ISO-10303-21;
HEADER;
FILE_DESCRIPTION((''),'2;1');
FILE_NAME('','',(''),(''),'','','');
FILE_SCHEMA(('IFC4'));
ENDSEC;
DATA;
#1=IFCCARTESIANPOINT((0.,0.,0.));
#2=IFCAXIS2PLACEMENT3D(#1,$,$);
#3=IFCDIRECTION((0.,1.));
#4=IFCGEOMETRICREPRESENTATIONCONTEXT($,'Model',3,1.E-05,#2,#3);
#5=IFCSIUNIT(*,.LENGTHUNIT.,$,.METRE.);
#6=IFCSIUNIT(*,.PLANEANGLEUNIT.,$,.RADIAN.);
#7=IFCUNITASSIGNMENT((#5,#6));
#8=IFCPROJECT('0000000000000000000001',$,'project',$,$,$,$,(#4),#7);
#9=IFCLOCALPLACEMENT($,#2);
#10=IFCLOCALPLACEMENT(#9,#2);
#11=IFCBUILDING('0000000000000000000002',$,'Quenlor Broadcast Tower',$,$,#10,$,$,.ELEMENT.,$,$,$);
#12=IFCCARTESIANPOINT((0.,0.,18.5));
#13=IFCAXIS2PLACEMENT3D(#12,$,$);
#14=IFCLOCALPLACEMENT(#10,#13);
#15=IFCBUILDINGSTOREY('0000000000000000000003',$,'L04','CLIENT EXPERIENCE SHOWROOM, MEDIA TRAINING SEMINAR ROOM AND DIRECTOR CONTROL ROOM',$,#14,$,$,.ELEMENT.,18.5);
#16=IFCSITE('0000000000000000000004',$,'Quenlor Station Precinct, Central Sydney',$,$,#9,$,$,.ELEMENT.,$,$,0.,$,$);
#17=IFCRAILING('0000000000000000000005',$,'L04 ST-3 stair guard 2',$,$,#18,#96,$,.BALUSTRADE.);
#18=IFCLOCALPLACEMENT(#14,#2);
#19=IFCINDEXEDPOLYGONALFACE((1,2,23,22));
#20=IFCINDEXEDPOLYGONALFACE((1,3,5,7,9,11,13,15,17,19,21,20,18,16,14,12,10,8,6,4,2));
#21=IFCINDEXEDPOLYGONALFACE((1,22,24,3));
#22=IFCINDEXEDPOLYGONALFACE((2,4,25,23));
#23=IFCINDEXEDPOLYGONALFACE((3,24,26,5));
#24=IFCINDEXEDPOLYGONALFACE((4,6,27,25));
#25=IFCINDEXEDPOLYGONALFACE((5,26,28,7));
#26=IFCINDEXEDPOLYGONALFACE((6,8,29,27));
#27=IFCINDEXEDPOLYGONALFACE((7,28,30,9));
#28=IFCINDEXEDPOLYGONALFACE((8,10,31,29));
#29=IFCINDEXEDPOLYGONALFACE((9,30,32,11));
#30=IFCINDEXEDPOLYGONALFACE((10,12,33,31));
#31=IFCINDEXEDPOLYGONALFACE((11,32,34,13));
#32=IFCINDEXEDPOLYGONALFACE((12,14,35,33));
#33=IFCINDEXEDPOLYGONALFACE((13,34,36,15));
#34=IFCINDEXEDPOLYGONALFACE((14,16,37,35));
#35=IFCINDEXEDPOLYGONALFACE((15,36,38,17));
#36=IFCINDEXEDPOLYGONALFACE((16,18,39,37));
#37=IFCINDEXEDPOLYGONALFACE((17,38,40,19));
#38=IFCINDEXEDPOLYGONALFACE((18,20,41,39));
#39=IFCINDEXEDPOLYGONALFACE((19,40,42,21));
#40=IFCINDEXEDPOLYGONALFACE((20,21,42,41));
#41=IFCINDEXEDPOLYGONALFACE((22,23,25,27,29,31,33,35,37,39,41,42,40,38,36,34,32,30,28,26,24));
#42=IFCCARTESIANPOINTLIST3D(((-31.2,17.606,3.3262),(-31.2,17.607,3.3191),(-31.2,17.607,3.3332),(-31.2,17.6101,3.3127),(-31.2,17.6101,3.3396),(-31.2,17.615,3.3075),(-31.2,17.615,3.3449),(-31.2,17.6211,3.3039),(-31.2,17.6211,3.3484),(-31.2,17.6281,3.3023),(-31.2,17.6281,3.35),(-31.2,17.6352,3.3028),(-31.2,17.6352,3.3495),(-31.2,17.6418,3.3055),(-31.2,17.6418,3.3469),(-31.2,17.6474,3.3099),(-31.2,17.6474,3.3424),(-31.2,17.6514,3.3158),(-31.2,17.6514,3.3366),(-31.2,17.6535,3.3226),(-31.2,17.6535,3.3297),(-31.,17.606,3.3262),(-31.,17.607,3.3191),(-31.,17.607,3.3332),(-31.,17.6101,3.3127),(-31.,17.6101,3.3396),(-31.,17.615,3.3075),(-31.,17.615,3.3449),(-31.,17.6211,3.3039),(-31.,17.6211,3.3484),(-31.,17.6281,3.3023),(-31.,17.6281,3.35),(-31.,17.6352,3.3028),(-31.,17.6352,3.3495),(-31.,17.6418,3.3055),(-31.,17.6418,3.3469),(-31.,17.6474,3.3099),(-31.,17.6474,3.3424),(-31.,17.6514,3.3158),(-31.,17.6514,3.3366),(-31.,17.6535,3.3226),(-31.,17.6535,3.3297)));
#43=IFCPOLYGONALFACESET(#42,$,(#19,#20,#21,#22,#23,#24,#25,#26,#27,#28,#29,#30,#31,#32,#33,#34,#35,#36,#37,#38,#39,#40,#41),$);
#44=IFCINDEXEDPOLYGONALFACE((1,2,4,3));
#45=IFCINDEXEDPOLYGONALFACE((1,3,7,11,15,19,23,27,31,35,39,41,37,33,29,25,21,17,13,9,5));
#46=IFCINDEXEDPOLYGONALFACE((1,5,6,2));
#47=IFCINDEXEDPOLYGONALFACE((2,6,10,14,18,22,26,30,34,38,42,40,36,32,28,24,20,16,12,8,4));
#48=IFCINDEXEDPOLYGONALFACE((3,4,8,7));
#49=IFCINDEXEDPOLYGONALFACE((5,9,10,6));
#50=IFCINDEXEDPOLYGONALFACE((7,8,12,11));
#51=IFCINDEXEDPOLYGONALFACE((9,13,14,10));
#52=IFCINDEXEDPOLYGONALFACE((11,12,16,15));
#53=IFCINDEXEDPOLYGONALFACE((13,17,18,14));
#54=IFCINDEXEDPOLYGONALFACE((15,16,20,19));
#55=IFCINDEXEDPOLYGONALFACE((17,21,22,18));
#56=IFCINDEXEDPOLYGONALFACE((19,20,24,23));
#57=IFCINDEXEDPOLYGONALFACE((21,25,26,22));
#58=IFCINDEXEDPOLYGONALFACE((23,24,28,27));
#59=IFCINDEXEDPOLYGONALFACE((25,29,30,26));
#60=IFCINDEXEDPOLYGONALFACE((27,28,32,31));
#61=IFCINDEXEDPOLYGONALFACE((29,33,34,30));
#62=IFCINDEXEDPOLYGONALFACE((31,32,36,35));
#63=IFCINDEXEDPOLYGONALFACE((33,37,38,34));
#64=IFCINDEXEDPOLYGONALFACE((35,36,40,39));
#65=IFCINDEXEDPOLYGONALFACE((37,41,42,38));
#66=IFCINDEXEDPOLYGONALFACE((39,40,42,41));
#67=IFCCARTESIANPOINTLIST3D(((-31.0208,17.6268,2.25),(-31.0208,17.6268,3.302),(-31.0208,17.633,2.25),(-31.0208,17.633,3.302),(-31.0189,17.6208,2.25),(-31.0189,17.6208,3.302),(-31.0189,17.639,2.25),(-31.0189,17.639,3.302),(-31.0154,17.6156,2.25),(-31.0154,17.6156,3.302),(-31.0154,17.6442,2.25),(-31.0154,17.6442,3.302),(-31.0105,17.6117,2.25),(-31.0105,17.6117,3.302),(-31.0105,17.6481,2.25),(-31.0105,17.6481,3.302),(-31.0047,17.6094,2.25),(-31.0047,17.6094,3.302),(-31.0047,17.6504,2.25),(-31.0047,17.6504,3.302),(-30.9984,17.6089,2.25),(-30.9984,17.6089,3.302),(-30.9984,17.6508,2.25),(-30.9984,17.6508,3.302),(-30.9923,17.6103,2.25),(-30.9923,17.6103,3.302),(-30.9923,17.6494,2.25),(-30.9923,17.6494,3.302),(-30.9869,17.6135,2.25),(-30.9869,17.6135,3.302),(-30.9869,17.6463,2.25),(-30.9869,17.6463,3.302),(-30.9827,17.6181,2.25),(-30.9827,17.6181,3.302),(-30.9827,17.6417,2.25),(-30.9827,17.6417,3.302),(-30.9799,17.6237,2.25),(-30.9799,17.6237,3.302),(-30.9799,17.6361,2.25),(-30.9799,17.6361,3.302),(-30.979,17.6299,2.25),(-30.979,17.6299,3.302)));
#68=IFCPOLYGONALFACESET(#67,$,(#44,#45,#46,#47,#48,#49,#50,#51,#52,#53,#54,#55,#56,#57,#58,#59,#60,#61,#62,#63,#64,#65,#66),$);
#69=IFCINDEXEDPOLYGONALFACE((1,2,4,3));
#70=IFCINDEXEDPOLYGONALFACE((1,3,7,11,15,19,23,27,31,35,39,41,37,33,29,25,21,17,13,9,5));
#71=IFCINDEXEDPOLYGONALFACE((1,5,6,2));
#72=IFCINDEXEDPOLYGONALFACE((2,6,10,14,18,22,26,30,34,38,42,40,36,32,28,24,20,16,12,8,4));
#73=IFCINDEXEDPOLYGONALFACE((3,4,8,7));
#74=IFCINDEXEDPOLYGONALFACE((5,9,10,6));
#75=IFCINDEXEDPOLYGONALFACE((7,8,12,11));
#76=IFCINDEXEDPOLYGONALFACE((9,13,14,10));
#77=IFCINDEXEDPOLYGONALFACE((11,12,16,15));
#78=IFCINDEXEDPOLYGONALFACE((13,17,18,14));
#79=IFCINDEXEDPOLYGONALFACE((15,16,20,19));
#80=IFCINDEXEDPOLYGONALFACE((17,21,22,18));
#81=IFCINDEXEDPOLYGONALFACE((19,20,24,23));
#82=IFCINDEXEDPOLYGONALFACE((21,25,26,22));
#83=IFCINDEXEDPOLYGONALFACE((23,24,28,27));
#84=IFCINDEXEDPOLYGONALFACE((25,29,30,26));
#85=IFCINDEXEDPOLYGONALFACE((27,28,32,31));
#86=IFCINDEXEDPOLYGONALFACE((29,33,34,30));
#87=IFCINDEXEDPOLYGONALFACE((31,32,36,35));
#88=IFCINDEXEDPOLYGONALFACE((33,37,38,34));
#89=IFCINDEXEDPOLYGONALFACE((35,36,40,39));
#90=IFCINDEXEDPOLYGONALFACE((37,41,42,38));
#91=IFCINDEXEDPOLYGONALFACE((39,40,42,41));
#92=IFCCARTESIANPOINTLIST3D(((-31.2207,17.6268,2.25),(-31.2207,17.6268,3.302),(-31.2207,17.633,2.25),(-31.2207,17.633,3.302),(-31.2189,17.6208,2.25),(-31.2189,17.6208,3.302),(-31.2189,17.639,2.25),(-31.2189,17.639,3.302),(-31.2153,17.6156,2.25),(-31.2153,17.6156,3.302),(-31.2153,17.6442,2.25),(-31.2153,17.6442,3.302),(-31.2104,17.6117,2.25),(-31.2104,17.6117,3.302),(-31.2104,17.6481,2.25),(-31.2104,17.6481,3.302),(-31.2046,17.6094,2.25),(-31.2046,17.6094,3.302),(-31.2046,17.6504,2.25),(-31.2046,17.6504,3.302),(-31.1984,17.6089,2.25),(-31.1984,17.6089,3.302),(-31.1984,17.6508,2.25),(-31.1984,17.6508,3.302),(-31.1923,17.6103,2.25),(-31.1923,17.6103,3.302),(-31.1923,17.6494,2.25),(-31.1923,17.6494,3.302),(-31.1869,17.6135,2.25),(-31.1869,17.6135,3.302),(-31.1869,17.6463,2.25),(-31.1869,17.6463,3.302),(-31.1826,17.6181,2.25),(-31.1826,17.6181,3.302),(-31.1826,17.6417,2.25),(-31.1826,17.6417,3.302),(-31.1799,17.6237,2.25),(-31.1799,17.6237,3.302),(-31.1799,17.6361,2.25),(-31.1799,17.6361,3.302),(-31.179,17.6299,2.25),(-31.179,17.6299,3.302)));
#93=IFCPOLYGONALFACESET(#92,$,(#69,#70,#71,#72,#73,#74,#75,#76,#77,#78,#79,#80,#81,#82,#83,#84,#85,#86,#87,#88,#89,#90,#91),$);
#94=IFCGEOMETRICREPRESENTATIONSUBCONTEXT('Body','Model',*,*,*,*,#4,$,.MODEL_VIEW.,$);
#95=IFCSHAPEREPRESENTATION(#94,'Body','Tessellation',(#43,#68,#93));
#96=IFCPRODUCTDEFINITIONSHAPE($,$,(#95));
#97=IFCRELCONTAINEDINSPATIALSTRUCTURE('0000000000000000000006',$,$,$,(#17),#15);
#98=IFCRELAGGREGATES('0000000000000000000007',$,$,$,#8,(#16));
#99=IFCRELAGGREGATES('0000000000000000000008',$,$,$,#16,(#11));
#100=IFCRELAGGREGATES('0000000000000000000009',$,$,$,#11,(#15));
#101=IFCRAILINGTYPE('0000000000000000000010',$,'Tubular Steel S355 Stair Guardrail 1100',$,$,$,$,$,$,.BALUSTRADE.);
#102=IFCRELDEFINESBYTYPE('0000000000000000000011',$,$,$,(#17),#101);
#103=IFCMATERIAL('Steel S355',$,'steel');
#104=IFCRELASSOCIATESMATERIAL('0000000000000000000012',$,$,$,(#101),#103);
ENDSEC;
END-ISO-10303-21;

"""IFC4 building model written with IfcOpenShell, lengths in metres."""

from ifc_helpers import new_model, si_unit, direction, frame, origin, origin_2d, place, context, subcontext, project, spatial, circle, extrude, material, type_object, element, save


model = new_model("IFC4")

# Units and contexts
model_context = context("Model", 3, precision=1e-05, world=origin(), true_north=direction((0.0, 1.0)))
body_context = subcontext(model_context, "Body", "Model", "MODEL_VIEW")
ifc_project = project(units=[si_unit("LENGTHUNIT", "METRE"), si_unit("PLANEANGLEUNIT", "RADIAN")], contexts=[model_context])

# Site, building, storey
site_placement = place(None, origin())
site = spatial("IfcSite", under=ifc_project, at=site_placement, Name="Quenlor Station Precinct, Central Sydney", CompositionType="ELEMENT", RefElevation=0.0)
building_placement = place(site_placement, origin())
building = spatial("IfcBuilding", under=site, at=building_placement, Name="Quenlor Broadcast Tower", CompositionType="ELEMENT")
storey_placement = place(building_placement, frame((0.0, 0.0, 18.5)))
storey = spatial("IfcBuildingStorey", under=building, at=storey_placement, Name="L04", Description="CLIENT EXPERIENCE SHOWROOM, MEDIA TRAINING SEMINAR ROOM AND DIRECTOR CONTROL ROOM", CompositionType="ELEMENT", Elevation=18.5)

# Railing
ifc_material_1 = material(Name="Steel S355", Category="steel")
railing_type_1 = type_object("IfcRailingType", Name="Tubular Steel S355 Stair Guardrail 1100", PredefinedType="BALUSTRADE", material=ifc_material_1)
railing_1_placement = place(storey_placement, frame((-31.0, 17.6299, 2.25)))
element("IfcRailing", 1, at=railing_1_placement, inside=storey, type_object=railing_type_1, Name="L04 ST-3 stair guard 2", PredefinedType="BALUSTRADE", context=body_context, shape_type="SweptSolid", body=[
    extrude(circle(Radius=0.0239, at=origin_2d()), frame((0.0, 0.0, 1.0762), z_axis=(-1.0, 0.0, 0.0), x_axis=(0.0, -1.0, 0.0)), (0.0, 0.0, 1.0), 0.2),
    extrude(circle(Radius=0.021, at=origin_2d()), origin(), (0.0, 0.0, 1.0), 1.052),
    extrude(circle(Radius=0.021, at=origin_2d()), frame((-0.2, 0.0, 0.0)), (0.0, 0.0, 1.0), 1.052),
])

save(model, "model.ifc")
